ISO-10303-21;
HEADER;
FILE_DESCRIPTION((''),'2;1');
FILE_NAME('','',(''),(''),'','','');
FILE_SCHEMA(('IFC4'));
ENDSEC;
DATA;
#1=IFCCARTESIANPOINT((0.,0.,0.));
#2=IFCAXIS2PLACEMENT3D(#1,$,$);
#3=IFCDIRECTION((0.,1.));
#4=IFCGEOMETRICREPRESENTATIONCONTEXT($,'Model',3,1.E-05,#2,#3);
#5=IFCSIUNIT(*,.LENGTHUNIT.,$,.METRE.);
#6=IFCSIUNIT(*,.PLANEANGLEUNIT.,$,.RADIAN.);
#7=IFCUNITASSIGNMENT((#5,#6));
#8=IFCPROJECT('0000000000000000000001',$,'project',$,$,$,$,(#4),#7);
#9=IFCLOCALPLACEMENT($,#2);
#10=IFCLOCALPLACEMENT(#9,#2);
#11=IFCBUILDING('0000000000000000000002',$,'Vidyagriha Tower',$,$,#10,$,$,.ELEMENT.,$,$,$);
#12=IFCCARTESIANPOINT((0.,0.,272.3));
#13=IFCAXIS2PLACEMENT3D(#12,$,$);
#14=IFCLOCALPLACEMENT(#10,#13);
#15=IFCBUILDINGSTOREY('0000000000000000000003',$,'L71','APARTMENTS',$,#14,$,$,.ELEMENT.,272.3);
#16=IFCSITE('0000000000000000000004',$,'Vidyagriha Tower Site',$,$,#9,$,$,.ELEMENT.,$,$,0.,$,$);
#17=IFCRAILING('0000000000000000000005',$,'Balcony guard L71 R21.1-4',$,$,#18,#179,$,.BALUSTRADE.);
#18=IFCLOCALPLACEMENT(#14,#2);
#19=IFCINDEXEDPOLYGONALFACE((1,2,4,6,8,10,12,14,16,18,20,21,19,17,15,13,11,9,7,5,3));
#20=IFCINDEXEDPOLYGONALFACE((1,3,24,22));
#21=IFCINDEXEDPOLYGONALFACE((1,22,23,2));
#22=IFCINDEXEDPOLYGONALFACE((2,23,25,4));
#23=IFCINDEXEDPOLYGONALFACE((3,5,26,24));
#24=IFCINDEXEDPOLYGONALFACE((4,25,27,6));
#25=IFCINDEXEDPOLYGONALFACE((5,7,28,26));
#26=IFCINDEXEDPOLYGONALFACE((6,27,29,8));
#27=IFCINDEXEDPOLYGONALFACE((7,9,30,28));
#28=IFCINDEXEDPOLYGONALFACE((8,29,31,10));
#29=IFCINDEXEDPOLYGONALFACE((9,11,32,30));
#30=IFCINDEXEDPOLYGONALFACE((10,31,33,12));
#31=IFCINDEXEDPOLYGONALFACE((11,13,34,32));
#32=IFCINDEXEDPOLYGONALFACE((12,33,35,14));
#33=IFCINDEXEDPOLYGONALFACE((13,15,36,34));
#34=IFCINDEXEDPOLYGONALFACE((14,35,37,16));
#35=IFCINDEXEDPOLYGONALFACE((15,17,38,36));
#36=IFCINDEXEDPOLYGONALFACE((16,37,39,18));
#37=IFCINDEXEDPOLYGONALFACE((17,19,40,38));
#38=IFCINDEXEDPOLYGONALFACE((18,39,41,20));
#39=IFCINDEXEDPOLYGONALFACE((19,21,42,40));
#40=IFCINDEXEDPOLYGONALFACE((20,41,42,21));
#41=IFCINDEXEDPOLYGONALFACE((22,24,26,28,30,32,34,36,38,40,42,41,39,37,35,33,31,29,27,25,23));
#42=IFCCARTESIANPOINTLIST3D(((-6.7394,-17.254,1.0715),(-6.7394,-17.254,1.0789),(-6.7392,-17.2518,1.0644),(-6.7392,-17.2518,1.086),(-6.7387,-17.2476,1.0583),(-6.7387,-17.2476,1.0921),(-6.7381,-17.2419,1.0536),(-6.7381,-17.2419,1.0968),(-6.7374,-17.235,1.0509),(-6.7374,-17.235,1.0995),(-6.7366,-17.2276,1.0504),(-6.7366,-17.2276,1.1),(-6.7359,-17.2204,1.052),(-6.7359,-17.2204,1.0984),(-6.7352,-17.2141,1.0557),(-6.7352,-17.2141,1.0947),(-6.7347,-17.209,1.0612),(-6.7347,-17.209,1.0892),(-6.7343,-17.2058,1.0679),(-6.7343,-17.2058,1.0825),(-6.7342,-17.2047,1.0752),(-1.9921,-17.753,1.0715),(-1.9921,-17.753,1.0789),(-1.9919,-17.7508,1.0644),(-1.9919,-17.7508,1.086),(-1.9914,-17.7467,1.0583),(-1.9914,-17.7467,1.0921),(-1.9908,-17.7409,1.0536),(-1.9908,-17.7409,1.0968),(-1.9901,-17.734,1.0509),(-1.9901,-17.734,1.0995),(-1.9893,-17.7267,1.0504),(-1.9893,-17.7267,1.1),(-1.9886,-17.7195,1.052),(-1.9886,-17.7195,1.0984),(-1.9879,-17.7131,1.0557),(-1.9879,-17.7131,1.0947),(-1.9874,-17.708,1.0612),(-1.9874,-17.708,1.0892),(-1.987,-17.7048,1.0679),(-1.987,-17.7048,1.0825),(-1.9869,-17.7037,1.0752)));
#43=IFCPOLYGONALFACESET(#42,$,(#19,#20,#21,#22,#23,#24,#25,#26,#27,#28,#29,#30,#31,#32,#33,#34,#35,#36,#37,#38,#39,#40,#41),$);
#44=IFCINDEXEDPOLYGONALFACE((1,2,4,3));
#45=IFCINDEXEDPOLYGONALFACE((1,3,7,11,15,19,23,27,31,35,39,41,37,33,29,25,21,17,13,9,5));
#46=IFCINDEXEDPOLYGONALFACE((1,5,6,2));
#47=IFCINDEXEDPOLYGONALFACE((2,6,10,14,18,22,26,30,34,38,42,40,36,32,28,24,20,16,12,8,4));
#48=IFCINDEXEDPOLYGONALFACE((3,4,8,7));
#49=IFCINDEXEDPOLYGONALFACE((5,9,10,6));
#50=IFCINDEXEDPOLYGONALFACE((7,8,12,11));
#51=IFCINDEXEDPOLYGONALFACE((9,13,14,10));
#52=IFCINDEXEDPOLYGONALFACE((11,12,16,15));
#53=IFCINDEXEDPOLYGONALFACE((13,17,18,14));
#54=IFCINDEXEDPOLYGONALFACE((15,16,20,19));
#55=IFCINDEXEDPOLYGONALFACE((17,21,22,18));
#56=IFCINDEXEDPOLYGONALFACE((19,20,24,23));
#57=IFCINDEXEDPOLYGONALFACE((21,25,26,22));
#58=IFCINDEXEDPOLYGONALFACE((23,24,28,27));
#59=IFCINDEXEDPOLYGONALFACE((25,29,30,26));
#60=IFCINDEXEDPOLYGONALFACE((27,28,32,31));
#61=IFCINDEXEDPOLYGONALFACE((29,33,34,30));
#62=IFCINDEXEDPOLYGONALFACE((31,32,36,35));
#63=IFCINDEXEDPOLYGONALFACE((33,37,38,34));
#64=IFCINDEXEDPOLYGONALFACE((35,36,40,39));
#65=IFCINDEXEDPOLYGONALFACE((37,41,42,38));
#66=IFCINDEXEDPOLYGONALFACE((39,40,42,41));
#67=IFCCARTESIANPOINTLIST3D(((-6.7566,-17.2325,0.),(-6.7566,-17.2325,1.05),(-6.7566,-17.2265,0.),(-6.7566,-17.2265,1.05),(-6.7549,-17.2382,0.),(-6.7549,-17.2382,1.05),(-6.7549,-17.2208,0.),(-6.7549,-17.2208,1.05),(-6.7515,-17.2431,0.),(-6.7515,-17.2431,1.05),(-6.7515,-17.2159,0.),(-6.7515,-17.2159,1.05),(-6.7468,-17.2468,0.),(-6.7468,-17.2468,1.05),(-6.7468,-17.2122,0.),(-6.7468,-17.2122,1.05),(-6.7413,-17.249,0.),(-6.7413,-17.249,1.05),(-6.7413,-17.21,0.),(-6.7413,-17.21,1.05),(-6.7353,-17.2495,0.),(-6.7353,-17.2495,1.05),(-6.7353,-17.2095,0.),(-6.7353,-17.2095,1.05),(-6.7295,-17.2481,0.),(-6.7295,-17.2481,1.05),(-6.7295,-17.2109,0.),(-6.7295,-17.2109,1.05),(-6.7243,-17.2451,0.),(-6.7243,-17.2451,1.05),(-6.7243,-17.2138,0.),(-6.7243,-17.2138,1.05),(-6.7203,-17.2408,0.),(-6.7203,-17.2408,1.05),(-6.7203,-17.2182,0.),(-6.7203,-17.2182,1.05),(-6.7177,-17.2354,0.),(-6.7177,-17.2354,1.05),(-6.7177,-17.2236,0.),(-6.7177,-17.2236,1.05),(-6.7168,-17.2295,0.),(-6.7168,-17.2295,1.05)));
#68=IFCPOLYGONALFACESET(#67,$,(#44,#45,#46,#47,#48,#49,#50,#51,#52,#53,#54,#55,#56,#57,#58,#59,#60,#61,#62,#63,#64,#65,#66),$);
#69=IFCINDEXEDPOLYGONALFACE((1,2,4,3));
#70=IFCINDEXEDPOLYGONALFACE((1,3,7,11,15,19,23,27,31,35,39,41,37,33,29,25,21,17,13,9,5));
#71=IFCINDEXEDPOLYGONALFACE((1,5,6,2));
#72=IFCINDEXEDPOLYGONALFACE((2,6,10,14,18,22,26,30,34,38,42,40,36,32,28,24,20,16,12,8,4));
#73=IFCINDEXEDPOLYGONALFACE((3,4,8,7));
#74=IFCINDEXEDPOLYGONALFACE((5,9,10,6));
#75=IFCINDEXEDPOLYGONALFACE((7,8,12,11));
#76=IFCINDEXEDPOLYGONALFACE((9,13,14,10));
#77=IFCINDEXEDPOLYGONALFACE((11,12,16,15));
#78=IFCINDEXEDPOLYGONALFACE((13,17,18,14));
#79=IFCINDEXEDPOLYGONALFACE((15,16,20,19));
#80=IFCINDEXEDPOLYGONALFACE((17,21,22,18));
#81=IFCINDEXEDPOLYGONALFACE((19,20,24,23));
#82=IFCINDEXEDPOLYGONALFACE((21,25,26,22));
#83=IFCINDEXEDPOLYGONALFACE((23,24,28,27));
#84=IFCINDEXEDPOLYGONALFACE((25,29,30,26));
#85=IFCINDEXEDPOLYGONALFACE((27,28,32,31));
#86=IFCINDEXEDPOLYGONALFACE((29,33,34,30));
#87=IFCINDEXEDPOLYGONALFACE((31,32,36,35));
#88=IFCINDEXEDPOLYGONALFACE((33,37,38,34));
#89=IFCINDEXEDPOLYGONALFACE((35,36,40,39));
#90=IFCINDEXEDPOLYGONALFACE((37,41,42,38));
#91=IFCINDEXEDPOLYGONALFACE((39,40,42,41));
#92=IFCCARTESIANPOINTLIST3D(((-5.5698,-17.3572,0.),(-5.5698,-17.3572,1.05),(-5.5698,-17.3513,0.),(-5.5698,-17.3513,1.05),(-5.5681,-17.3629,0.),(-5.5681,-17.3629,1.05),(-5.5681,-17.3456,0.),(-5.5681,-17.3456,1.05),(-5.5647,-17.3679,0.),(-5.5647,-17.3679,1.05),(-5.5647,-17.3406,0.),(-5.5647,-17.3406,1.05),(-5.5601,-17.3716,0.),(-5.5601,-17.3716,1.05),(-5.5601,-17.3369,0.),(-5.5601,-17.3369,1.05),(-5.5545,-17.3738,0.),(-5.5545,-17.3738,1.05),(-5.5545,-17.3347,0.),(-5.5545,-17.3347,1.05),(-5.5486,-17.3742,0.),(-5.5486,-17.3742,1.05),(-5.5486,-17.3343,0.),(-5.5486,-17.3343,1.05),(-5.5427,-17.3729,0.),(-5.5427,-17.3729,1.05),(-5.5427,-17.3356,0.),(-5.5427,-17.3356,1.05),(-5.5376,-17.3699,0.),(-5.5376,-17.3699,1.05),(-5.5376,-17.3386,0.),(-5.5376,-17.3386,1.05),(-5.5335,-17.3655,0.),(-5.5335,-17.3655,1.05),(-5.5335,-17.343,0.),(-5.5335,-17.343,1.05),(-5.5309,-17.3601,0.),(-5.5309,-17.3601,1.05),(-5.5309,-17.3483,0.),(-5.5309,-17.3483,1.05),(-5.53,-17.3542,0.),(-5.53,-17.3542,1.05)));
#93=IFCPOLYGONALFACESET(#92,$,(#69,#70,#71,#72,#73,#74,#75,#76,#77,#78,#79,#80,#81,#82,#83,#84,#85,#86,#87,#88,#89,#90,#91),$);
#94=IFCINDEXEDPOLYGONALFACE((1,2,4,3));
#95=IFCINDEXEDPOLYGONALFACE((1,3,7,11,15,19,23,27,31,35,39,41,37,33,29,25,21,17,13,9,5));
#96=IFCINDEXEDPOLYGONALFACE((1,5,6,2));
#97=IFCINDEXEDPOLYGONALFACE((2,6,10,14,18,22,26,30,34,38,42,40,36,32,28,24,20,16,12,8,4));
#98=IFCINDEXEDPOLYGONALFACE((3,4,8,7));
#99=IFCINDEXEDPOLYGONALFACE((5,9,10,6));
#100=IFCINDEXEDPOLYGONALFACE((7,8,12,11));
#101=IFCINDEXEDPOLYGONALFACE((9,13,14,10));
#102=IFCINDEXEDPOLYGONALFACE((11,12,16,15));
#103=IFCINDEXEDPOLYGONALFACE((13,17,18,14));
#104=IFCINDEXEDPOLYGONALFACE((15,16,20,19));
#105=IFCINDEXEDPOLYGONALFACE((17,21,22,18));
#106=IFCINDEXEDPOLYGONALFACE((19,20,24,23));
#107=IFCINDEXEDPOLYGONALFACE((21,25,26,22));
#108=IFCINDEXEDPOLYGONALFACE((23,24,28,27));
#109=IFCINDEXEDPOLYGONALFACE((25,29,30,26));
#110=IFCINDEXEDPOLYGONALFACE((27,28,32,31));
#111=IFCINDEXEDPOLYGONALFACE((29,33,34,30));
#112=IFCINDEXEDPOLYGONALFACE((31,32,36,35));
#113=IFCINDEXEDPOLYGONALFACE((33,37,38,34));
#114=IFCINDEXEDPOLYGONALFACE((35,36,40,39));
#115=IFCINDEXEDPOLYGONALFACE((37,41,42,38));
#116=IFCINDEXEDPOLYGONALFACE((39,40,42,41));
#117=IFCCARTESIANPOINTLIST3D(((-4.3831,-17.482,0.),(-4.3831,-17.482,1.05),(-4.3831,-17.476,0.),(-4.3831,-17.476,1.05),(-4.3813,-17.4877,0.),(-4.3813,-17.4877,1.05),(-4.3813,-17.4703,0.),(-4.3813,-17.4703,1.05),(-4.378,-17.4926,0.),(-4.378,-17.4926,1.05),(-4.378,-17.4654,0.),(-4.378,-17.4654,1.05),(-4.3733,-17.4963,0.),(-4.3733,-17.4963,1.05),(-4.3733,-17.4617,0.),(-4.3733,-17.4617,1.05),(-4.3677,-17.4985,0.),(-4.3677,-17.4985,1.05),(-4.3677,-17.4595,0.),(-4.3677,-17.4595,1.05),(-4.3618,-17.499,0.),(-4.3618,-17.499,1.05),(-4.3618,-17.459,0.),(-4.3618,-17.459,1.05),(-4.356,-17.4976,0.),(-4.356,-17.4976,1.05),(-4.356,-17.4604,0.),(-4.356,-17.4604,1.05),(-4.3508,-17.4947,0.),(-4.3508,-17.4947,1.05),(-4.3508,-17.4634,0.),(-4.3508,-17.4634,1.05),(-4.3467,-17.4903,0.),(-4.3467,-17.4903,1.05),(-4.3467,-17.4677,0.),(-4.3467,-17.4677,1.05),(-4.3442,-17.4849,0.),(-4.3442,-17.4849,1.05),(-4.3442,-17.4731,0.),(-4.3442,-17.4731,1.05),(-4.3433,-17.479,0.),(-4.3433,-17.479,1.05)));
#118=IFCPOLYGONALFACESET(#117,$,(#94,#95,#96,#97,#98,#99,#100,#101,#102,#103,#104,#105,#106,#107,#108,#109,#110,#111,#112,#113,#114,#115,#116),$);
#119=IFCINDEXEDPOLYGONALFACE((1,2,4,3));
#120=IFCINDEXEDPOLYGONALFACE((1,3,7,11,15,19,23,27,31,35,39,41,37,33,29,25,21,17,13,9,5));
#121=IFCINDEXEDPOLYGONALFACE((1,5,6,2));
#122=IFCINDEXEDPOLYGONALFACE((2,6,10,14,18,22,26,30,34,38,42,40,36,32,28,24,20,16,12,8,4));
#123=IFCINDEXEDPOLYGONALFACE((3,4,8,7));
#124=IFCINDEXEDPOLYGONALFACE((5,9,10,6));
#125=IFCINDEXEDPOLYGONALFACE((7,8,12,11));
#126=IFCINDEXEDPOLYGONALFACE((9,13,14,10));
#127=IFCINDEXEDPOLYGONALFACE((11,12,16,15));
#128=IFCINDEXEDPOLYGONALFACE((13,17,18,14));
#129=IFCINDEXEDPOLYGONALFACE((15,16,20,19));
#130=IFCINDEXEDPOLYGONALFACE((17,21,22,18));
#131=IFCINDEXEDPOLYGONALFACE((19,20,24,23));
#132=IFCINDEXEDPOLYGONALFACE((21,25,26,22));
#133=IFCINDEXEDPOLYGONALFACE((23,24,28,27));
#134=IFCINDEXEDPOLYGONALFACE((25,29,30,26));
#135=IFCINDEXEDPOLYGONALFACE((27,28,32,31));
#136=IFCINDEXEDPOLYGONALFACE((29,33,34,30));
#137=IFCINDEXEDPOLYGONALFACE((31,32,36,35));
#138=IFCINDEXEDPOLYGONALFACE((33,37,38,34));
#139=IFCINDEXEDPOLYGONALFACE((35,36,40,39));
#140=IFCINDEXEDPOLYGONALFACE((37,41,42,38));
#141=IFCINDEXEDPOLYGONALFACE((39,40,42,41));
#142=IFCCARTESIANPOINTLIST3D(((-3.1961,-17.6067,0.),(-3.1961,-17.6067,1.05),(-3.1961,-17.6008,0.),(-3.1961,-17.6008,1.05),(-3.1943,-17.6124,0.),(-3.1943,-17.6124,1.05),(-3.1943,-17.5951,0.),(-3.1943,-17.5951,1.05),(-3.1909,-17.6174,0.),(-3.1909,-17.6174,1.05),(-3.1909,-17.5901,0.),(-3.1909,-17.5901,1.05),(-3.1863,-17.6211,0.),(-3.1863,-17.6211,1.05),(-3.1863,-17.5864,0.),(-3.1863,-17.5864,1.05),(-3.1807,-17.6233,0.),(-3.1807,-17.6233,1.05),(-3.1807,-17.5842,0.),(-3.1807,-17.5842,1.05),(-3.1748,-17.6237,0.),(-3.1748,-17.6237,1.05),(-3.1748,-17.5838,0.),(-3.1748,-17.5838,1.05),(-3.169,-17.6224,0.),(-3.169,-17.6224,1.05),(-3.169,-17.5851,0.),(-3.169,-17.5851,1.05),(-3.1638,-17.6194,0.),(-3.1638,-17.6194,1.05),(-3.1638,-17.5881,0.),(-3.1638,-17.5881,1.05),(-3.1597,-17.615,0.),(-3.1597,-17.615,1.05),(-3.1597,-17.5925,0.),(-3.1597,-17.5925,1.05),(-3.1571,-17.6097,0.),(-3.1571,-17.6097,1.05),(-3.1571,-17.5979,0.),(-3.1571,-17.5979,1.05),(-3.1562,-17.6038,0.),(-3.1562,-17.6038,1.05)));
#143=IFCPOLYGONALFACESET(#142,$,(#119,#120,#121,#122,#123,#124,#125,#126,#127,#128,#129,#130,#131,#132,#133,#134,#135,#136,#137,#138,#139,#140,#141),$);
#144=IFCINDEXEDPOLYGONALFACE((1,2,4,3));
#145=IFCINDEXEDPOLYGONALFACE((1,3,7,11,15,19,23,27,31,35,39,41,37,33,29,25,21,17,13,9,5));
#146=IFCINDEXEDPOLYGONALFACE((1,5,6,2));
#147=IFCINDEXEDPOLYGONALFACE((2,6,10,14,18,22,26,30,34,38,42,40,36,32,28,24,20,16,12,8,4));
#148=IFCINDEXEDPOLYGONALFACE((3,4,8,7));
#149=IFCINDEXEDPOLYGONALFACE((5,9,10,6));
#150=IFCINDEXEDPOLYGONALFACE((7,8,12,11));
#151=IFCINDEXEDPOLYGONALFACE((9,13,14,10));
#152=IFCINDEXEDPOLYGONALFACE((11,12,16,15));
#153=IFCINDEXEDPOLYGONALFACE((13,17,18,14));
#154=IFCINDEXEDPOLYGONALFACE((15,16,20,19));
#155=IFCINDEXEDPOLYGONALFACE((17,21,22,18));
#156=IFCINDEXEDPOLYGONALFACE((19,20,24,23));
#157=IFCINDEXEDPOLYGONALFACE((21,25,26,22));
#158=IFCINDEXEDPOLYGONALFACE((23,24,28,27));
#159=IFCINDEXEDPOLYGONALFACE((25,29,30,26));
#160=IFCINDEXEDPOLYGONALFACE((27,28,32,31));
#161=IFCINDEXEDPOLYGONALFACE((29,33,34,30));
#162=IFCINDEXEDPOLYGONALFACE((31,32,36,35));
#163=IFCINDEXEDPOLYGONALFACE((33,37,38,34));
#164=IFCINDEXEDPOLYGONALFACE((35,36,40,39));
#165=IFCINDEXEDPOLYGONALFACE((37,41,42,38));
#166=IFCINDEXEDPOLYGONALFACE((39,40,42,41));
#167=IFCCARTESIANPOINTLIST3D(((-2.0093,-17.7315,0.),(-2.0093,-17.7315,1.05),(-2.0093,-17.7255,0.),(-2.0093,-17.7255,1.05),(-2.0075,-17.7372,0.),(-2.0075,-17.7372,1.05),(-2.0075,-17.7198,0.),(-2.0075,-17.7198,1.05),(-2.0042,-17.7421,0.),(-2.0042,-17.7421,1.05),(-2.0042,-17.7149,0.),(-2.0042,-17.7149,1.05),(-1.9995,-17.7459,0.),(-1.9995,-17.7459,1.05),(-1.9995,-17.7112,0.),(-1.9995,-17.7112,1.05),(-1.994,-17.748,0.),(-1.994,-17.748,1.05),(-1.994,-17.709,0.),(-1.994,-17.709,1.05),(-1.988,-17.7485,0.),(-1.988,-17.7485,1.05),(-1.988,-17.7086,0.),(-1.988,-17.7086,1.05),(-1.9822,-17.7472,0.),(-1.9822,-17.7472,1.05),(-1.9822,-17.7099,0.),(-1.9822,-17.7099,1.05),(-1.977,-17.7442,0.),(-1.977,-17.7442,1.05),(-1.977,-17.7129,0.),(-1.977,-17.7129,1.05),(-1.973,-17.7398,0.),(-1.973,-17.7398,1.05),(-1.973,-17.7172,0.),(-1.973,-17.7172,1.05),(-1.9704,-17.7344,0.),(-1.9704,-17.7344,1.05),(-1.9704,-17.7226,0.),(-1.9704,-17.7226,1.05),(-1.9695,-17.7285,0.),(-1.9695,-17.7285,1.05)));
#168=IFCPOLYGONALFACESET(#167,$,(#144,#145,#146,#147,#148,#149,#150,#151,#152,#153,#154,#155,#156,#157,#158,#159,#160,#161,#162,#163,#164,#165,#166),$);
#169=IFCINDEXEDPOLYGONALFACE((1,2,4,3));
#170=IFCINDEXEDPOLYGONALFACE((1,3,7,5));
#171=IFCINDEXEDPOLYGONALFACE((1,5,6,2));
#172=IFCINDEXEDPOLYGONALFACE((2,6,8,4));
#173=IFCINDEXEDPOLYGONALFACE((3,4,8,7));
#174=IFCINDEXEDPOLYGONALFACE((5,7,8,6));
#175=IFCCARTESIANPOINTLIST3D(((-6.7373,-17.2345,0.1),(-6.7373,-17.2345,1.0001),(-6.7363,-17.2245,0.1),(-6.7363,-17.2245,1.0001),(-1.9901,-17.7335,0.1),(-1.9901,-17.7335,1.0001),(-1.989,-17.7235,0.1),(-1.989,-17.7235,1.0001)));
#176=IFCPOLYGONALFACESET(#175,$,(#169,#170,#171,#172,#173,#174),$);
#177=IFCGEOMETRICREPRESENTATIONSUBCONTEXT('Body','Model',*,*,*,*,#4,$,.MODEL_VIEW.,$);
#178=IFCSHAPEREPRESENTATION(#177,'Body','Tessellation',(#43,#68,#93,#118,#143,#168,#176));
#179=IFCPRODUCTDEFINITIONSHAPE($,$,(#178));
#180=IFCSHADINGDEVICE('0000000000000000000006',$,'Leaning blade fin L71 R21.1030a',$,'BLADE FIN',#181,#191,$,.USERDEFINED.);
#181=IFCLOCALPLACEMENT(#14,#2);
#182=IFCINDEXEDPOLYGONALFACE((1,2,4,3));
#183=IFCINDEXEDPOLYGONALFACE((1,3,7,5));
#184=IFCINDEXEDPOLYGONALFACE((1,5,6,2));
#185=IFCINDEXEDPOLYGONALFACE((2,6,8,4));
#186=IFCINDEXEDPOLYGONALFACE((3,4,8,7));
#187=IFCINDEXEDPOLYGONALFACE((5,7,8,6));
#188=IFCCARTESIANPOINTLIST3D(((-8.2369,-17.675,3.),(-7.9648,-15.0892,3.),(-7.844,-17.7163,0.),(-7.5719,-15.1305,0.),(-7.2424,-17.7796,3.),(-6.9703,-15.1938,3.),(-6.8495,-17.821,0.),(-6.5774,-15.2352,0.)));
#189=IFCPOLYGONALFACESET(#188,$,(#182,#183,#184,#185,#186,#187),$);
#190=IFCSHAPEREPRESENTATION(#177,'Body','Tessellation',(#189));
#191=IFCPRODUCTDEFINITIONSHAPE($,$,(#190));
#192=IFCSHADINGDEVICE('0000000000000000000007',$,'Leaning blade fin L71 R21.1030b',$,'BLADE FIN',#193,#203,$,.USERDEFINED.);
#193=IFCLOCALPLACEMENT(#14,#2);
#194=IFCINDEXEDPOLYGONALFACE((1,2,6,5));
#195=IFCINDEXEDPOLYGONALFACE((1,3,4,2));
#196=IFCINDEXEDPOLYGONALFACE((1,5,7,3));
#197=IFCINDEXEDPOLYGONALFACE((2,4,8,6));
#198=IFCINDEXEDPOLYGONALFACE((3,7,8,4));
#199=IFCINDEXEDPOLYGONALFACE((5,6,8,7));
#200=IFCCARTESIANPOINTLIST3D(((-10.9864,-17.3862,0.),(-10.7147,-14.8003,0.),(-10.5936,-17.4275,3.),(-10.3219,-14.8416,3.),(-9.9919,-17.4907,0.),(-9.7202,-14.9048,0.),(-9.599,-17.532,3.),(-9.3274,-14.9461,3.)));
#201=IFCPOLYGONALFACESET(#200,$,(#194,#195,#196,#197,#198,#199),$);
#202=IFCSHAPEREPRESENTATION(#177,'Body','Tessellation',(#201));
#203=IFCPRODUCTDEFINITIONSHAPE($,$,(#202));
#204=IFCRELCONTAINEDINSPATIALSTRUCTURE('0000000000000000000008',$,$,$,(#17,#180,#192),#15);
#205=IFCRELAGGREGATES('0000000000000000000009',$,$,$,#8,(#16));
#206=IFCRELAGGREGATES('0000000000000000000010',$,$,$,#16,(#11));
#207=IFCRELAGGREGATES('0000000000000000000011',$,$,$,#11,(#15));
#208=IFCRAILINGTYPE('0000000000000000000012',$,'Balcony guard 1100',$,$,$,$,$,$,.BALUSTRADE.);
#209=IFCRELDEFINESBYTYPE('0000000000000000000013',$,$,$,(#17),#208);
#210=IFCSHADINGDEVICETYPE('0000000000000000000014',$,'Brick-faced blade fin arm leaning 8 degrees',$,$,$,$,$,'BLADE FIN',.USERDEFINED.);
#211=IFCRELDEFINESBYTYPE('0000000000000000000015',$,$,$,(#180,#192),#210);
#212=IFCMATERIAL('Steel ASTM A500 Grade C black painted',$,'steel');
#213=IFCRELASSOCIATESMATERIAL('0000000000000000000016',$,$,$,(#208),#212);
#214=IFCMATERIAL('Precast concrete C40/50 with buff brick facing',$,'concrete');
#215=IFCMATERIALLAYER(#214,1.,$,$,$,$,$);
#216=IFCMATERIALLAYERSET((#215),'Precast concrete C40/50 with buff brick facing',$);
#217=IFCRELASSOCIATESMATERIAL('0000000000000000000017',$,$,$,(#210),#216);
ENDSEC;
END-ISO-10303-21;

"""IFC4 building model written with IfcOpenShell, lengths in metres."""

from ifc_helpers import new_model, si_unit, direction, frame, origin, origin_2d, place, context, subcontext, project, spatial, polyline, rectangle, circle, outline, extrude, material, layer, layer_set, type_object, element, save


model = new_model("IFC4")

# Units and contexts
model_context = context("Model", 3, precision=1e-05, world=origin(), true_north=direction((0.0, 1.0)))
body_context = subcontext(model_context, "Body", "Model", "MODEL_VIEW")
ifc_project = project(units=[si_unit("LENGTHUNIT", "METRE"), si_unit("PLANEANGLEUNIT", "RADIAN")], contexts=[model_context])

# Site, building, storey
site_placement = place(None, origin())
site = spatial("IfcSite", under=ifc_project, at=site_placement, Name="Vidyagriha Tower Site", CompositionType="ELEMENT", RefElevation=0.0)
building_placement = place(site_placement, origin())
building = spatial("IfcBuilding", under=site, at=building_placement, Name="Vidyagriha Tower", CompositionType="ELEMENT")
storey_placement = place(building_placement, frame((0.0, 0.0, 272.3)))
storey = spatial("IfcBuildingStorey", under=building, at=storey_placement, Name="L71", Description="APARTMENTS", CompositionType="ELEMENT", Elevation=272.3)

# Railing
ifc_material_1 = material(Name="Steel ASTM A500 Grade C black painted", Category="steel")
railing_type = type_object("IfcRailingType", Name="Balcony guard 1100", PredefinedType="BALUSTRADE", material=ifc_material_1)
railing_1_placement = place(storey_placement, frame((-6.7368, -17.2295, 0.0)))
element("IfcRailing", 1, at=railing_1_placement, inside=storey, type_object=railing_type, Name="Balcony guard L71 R21.1-4", PredefinedType="BALUSTRADE", context=body_context, shape_type="SweptSolid", body=[
    extrude(circle(Radius=0.0249, at=origin_2d()), frame((0.0, 0.0, 1.0752), z_axis=(0.994521, -0.104541, 0.0), x_axis=(0.104541, 0.994521, 0.0)), (0.0, 0.0, 1.0), 4.7734),
    extrude(circle(Radius=0.02, at=origin_2d()), origin(), (0.0, 0.0, 1.0), 1.05),
    extrude(circle(Radius=0.02, at=origin_2d()), frame((1.1868, -0.1248, 0.0)), (0.0, 0.0, 1.0), 1.05),
    extrude(circle(Radius=0.02, at=origin_2d()), frame((2.3735, -0.2495, 0.0)), (0.0, 0.0, 1.0), 1.05),
    extrude(circle(Radius=0.02, at=origin_2d()), frame((3.5605, -0.3743, 0.0)), (0.0, 0.0, 1.0), 1.05),
    extrude(circle(Radius=0.02, at=origin_2d()), frame((4.7473, -0.499, 0.0)), (0.0, 0.0, 1.0), 1.05),
    extrude(rectangle(XDim=0.01, YDim=0.9001, at=origin_2d()), frame((0.0, 0.0, 0.55), z_axis=(0.994521, -0.104541, 0.0), x_axis=(0.104541, 0.994521, 0.0)), (0.0, 0.0, 1.0), 4.7734),
])

# Shading devices
ifc_material_2 = material(Name="Precast concrete C40/50 with buff brick facing", Category="concrete")
ifc_layer_1 = layer(ifc_material_2, 1.0)
ifc_layer_set_1 = layer_set([ifc_layer_1], Name="Precast concrete C40/50 with buff brick facing")
shading_device_type_1 = type_object("IfcShadingDeviceType", Name="Brick-faced blade fin arm leaning 8 degrees", ElementType="BLADE FIN", PredefinedType="USERDEFINED", material=ifc_layer_set_1)
shading_device_1_placement = place(storey_placement, frame((-8.1008, -16.3821, 0.0), z_axis=(0.0, 0.0, 1.0), x_axis=(0.994509, -0.104648, 0.0)))
element("IfcShadingDevice", 2, at=shading_device_1_placement, inside=storey, type_object=shading_device_type_1, Name="Leaning blade fin L71 R21.1030a", ObjectType="BLADE FIN", PredefinedType="USERDEFINED", context=body_context, shape_type="SweptSolid", body=[
    extrude(outline(polyline([(0.395, 0.0), (1.395, 0.0), (1.0, 3.0), (0.0, 3.0), (0.395, 0.0)])), frame((0.0, 1.3, 0.0), z_axis=(0.0, -1.0, 0.0), x_axis=(1.0, 0.0, 0.0)), (0.0, 0.0, 1.0), 2.6001),
])
shading_device_2_placement = place(storey_placement, frame((-10.8506, -16.0933, 0.0), z_axis=(0.0, 0.0, 1.0), x_axis=(0.994526, -0.104493, 0.0)))
element("IfcShadingDevice", 3, at=shading_device_2_placement, inside=storey, type_object=shading_device_type_1, Name="Leaning blade fin L71 R21.1030b", ObjectType="BLADE FIN", PredefinedType="USERDEFINED", context=body_context, shape_type="SweptSolid", body=[
    extrude(outline(polyline([(0.0, 0.0), (1.0, 0.0), (1.395, 3.0), (0.395, 3.0), (0.0, 0.0)])), frame((0.0, 1.3, 0.0), z_axis=(0.0, -1.0, 0.0), x_axis=(1.0, 0.0, 0.0)), (0.0, 0.0, 1.0), 2.6001),
])

save(model, "model.ifc")
